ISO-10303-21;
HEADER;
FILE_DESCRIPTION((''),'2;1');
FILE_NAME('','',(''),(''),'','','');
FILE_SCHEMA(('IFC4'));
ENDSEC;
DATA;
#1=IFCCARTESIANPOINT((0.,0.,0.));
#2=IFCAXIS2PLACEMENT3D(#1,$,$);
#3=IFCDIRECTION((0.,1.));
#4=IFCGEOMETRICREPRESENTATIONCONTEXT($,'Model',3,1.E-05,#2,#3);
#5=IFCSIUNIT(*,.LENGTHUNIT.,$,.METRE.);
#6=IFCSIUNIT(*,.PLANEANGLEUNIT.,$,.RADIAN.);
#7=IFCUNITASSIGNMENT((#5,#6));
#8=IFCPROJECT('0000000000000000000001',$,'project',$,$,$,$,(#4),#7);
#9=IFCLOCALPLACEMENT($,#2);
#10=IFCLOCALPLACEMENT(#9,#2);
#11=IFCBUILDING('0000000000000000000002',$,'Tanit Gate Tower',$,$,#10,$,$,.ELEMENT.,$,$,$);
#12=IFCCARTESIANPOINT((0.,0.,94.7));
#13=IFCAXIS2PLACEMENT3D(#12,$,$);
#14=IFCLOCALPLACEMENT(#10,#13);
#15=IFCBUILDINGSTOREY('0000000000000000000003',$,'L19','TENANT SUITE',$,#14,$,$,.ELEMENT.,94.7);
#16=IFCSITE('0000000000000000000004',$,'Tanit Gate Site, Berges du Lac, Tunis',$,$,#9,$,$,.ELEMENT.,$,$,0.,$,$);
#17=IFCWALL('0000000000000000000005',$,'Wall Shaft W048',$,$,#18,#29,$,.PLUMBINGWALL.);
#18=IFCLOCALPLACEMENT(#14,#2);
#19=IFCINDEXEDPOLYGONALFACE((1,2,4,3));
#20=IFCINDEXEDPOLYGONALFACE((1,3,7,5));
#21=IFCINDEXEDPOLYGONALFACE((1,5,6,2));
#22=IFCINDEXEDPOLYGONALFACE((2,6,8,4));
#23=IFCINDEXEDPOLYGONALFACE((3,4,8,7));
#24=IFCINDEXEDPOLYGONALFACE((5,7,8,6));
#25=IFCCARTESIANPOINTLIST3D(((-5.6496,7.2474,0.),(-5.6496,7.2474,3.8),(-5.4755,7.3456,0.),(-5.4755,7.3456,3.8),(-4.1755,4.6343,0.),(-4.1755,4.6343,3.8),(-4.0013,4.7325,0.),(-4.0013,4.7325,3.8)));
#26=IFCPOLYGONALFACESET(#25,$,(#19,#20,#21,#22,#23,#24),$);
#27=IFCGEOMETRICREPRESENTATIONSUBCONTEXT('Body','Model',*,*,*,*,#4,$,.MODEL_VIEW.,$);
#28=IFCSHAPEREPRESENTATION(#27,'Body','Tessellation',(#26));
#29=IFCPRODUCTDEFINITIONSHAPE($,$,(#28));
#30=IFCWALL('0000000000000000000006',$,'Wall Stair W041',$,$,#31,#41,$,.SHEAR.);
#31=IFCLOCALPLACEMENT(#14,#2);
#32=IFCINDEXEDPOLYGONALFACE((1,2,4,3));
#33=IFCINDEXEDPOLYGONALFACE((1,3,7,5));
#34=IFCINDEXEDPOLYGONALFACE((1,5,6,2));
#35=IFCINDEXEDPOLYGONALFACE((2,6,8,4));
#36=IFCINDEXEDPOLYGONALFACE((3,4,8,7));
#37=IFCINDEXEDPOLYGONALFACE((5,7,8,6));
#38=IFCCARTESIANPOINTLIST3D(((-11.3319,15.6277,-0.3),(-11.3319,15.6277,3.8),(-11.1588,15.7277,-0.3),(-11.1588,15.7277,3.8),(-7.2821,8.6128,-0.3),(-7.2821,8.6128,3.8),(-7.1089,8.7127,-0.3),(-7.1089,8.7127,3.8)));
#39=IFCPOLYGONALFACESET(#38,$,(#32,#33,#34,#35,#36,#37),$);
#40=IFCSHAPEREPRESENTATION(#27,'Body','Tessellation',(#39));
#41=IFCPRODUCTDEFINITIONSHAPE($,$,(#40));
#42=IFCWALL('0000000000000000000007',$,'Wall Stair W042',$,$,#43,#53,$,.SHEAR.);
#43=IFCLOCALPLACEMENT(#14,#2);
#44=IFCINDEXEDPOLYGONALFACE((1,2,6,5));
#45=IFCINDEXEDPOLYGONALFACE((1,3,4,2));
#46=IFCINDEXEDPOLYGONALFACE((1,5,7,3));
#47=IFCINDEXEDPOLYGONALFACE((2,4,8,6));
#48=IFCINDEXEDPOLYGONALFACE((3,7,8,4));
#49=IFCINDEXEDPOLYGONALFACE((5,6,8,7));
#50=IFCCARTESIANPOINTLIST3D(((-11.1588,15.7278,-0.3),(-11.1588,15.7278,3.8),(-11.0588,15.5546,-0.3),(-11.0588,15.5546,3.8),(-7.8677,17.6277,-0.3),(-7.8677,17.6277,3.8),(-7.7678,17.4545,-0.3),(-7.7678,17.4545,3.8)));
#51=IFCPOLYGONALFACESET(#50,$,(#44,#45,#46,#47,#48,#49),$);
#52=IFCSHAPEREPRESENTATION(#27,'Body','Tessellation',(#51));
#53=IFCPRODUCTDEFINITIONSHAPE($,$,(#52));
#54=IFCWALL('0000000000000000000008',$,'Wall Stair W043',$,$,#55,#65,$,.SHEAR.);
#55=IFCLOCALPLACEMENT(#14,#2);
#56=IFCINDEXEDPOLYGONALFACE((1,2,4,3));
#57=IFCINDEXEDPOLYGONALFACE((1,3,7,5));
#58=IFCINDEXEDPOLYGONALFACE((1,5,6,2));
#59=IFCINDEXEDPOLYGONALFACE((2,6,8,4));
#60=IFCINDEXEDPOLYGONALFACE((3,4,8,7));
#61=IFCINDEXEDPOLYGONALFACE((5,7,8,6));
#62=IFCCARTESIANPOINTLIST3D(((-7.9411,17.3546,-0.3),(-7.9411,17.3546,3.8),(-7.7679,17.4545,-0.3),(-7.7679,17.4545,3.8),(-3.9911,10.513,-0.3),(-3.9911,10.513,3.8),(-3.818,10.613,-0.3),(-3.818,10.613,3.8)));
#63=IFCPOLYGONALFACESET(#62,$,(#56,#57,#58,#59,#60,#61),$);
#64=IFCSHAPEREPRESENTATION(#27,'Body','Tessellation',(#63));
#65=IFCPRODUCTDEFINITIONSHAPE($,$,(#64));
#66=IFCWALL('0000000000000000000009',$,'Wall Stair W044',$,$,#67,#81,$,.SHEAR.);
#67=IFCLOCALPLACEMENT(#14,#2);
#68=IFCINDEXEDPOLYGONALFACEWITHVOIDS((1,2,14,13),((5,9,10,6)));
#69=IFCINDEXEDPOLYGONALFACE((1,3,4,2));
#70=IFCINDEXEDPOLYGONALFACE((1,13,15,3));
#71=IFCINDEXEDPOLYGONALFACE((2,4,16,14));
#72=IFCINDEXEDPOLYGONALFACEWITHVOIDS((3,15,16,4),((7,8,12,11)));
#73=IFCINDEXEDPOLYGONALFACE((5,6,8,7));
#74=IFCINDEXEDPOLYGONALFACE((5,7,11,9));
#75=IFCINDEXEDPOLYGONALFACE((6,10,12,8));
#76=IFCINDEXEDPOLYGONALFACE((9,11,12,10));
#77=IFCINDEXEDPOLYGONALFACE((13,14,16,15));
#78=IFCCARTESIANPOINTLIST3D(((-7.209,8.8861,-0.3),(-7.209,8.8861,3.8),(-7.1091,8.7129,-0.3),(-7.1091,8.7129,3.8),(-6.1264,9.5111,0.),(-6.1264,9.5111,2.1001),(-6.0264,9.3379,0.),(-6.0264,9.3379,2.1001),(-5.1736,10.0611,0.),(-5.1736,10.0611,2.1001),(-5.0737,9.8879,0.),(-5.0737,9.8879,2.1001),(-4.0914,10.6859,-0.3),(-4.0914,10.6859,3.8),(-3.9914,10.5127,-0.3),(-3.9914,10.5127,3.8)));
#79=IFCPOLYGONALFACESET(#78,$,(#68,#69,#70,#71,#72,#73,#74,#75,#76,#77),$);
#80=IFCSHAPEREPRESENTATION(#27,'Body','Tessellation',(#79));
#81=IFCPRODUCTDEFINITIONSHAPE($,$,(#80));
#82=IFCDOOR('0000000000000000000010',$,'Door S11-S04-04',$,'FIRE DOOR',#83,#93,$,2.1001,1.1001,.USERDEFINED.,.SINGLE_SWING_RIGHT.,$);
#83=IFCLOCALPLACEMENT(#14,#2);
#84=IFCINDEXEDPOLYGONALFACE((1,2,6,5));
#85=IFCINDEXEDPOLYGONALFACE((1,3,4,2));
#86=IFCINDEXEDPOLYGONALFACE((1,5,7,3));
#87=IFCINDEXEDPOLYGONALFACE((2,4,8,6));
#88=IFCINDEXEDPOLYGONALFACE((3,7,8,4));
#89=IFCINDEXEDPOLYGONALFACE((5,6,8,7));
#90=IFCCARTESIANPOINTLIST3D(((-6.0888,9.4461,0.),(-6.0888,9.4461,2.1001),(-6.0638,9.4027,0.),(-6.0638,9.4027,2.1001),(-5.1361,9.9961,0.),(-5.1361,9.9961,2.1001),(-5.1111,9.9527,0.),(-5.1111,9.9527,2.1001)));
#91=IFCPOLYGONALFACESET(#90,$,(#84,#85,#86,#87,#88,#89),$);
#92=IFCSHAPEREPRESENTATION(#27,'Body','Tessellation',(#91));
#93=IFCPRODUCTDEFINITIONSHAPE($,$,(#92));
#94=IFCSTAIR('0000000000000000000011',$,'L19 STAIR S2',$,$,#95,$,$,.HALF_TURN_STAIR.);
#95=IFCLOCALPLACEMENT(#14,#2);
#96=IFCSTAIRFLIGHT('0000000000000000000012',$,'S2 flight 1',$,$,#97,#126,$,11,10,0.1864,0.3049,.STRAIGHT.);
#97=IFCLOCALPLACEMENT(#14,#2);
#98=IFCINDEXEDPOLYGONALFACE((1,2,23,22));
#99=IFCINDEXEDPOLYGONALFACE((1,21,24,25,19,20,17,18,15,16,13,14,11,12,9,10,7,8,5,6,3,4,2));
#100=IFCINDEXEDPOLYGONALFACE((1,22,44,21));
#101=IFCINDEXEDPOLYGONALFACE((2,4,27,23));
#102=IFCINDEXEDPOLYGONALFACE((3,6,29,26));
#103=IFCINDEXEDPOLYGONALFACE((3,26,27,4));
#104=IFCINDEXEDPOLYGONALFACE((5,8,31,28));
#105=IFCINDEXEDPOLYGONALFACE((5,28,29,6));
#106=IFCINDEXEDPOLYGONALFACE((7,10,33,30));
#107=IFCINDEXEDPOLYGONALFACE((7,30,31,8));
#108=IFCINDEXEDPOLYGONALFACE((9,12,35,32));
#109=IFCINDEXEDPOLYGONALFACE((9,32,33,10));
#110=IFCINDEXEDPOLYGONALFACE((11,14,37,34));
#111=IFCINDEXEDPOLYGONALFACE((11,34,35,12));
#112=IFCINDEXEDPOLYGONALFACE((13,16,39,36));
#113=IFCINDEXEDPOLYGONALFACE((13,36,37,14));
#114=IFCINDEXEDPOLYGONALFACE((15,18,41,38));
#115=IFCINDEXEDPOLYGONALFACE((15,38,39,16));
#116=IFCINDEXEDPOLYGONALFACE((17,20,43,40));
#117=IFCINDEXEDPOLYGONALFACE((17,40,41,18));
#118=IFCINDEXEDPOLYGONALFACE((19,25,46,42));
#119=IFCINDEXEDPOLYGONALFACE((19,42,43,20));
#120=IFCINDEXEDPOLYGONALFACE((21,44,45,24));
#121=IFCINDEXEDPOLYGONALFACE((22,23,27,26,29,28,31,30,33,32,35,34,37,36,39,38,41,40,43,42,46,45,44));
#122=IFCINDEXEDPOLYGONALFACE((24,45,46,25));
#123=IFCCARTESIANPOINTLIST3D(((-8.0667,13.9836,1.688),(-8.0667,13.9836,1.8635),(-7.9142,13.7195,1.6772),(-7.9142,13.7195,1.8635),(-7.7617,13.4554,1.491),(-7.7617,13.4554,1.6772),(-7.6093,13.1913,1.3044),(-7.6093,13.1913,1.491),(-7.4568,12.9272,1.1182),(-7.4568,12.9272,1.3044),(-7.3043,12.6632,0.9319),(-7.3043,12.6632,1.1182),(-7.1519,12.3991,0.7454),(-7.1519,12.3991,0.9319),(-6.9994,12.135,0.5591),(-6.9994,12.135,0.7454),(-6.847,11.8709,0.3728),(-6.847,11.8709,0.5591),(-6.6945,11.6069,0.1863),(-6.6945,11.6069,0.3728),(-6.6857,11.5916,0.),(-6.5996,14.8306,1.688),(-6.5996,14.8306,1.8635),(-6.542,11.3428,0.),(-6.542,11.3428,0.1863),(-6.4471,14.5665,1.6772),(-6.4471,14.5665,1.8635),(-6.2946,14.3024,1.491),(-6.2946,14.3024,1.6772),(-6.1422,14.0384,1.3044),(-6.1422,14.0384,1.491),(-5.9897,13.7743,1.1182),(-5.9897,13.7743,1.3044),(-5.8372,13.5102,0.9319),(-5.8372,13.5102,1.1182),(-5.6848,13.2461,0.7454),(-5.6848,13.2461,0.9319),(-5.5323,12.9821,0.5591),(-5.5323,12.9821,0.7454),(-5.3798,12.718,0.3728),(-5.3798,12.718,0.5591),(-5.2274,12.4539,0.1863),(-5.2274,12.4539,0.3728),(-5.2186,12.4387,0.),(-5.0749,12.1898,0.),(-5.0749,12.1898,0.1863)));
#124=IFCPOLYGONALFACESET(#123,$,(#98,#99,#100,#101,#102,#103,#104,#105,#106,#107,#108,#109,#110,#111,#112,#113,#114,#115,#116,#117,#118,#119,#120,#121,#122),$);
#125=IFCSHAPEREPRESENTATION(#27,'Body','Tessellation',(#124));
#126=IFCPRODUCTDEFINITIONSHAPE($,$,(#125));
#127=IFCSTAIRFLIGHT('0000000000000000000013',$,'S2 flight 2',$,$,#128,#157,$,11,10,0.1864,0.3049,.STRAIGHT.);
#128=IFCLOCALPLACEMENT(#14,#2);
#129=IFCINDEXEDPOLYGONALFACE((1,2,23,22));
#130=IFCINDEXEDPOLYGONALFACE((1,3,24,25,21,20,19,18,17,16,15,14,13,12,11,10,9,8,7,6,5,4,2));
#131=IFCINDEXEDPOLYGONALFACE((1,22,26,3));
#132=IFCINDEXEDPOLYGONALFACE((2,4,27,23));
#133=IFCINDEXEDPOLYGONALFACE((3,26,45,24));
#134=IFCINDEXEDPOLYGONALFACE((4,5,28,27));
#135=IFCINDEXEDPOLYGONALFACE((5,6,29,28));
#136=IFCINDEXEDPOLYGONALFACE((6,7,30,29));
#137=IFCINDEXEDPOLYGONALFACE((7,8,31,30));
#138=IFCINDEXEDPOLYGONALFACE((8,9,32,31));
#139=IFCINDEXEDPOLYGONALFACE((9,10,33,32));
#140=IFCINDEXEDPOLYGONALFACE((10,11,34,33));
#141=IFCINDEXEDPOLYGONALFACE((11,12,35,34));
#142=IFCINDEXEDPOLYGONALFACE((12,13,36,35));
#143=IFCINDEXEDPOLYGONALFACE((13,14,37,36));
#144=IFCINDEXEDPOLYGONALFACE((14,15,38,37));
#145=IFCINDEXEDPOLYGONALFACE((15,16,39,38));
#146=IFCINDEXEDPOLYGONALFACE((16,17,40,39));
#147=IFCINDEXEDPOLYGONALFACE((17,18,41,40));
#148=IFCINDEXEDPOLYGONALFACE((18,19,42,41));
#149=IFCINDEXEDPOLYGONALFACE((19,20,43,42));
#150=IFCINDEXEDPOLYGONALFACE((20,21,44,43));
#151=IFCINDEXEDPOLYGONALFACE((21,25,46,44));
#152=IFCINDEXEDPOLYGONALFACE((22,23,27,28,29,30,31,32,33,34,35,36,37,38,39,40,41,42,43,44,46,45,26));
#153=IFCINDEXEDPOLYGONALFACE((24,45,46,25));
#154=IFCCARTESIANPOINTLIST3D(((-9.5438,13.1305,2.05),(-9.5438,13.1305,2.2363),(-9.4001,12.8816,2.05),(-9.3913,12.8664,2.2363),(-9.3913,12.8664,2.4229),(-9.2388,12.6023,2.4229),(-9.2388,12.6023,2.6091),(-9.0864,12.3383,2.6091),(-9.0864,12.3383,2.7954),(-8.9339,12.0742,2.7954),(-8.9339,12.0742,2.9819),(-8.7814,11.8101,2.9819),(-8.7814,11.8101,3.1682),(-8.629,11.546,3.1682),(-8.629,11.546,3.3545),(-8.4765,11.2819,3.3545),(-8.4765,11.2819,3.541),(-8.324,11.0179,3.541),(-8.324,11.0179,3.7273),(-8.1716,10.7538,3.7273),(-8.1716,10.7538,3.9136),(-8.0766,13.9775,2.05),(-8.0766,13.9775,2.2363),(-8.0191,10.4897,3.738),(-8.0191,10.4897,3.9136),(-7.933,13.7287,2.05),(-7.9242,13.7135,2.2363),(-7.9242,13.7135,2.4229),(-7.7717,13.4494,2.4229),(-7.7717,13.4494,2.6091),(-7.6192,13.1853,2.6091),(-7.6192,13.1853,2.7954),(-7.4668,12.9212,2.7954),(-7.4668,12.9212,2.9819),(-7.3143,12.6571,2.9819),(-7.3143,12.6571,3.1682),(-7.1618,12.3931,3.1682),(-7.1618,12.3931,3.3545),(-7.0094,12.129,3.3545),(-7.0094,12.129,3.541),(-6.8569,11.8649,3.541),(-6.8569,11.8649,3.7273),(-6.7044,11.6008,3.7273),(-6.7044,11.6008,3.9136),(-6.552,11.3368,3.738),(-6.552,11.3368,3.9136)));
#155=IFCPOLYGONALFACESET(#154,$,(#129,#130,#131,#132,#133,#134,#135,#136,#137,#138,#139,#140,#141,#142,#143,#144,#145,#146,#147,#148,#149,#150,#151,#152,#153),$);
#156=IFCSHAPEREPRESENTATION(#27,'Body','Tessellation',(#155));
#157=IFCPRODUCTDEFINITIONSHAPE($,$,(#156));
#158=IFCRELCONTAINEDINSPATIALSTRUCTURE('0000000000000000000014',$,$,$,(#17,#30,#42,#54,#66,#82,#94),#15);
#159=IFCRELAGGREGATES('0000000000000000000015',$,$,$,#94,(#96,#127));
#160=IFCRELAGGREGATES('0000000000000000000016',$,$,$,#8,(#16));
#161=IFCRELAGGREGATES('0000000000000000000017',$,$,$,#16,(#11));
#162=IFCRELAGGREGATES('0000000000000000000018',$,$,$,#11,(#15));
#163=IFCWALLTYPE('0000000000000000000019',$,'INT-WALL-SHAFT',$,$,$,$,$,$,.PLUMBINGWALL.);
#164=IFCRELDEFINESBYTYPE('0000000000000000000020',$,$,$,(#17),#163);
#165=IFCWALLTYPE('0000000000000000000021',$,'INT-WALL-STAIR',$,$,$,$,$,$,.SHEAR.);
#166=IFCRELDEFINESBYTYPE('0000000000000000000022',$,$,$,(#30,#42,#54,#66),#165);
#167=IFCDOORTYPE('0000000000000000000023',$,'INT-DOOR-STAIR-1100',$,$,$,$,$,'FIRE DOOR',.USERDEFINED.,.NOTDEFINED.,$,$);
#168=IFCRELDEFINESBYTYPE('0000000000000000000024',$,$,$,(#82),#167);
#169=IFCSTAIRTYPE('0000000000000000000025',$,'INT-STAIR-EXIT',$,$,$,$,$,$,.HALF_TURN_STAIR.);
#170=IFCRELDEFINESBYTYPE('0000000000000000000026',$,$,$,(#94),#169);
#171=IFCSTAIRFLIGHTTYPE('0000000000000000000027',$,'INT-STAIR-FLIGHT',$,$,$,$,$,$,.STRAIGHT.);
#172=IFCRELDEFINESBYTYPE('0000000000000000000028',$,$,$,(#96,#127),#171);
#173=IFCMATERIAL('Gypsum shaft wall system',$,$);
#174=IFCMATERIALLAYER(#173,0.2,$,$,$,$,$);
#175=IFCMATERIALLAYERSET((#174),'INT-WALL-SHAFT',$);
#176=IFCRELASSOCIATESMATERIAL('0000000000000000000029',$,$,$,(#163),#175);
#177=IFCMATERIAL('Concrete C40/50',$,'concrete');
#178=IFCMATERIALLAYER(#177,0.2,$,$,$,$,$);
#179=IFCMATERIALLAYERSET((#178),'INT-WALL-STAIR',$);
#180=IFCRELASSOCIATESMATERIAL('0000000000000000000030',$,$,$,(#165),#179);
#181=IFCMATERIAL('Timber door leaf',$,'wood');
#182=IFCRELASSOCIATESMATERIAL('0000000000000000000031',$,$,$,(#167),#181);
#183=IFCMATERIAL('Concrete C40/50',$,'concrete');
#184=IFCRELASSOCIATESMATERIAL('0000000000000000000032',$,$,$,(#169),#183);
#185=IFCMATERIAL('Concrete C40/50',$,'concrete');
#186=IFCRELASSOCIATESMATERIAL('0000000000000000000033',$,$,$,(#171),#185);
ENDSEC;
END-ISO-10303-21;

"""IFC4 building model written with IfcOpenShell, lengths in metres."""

from ifc_helpers import new_model, si_unit, direction, frame, frame_2d, origin, place, context, subcontext, project, spatial, polyline, rectangle, outline, extrude, material, layer, layer_set, type_object, element, fill, aggregate, save


model = new_model("IFC4")

# Units and contexts
model_context = context("Model", 3, precision=1e-05, world=origin(), true_north=direction((0.0, 1.0)))
body_context = subcontext(model_context, "Body", "Model", "MODEL_VIEW")
ifc_project = project(units=[si_unit("LENGTHUNIT", "METRE"), si_unit("PLANEANGLEUNIT", "RADIAN")], contexts=[model_context])

# Site, building, storey
site_placement = place(None, origin())
site = spatial("IfcSite", under=ifc_project, at=site_placement, Name="Tanit Gate Site, Berges du Lac, Tunis", CompositionType="ELEMENT", RefElevation=0.0)
building_placement = place(site_placement, origin())
building = spatial("IfcBuilding", under=site, at=building_placement, Name="Tanit Gate Tower", CompositionType="ELEMENT")
storey_placement = place(building_placement, frame((0.0, 0.0, 94.7)))
storey = spatial("IfcBuildingStorey", under=building, at=storey_placement, Name="L19", Description="TENANT SUITE", CompositionType="ELEMENT", Elevation=94.7)

# Shared definitions
ifc_material_1 = material(Name="Gypsum shaft wall system")
ifc_layer_1 = layer(ifc_material_1, 0.2)
ifc_layer_set_1 = layer_set([ifc_layer_1], Name="INT-WALL-SHAFT")
wall_type_1 = type_object("IfcWallType", Name="INT-WALL-SHAFT", PredefinedType="PLUMBINGWALL", material=ifc_layer_set_1)

# Walls
wall_1_placement = place(storey_placement, frame((-5.5625, 7.2964, 0.0), z_axis=(0.0, 0.0, 1.0), x_axis=(0.491347, -0.870964, 0.0)))
element("IfcWall", 1, at=wall_1_placement, inside=storey, type_object=wall_type_1, Name="Wall Shaft W048", PredefinedType="PLUMBINGWALL", context=body_context, shape_type="SweptSolid", body=[
    extrude(rectangle(XDim=3.0002, YDim=0.2, at=frame_2d((1.5, 0.0))), origin(), (0.0, 0.0, 1.0), 3.8),
])
ifc_material_2 = material(Name="Concrete C40/50", Category="concrete")
ifc_layer_2 = layer(ifc_material_2, 0.2)
ifc_layer_set_2 = layer_set([ifc_layer_2], Name="INT-WALL-STAIR")
wall_type_2 = type_object("IfcWallType", Name="INT-WALL-STAIR", PredefinedType="SHEAR", material=ifc_layer_set_2)
wall_2_placement = place(storey_placement, frame((-11.2454, 15.6777, -0.3), z_axis=(0.0, 0.0, 1.0), x_axis=(0.499977, -0.866039, 0.0)))
element("IfcWall", 2, at=wall_2_placement, inside=storey, type_object=wall_type_2, Name="Wall Stair W041", PredefinedType="SHEAR", context=body_context, shape_type="SweptSolid", body=[
    extrude(rectangle(XDim=8.1001, YDim=0.2, at=frame_2d((4.05, 0.0))), origin(), (0.0, 0.0, 1.0), 4.1001),
])
wall_3_placement = place(storey_placement, frame((-7.8179, 17.541, -0.3), z_axis=(0.0, 0.0, 1.0), x_axis=(-0.866044, -0.499967, 0.0)))
element("IfcWall", 3, at=wall_3_placement, inside=storey, type_object=wall_type_2, Name="Wall Stair W042", PredefinedType="SHEAR", context=body_context, shape_type="SweptSolid", body=[
    extrude(rectangle(XDim=3.8, YDim=0.2, at=frame_2d((1.8999, 0.0))), origin(), (0.0, 0.0, 1.0), 4.1001),
])
wall_4_placement = place(storey_placement, frame((-7.8545, 17.4045, -0.3), z_axis=(0.0, 0.0, 1.0), x_axis=(0.499998, -0.866027, 0.0)))
element("IfcWall", 4, at=wall_4_placement, inside=storey, type_object=wall_type_2, Name="Wall Stair W043", PredefinedType="SHEAR", context=body_context, shape_type="SweptSolid", body=[
    extrude(rectangle(XDim=7.8999, YDim=0.2, at=frame_2d((3.95, 0.0))), origin(), (0.0, 0.0, 1.0), 4.1001),
])

# Wall, opening, door
wall_5_placement = place(storey_placement, frame((-7.1589, 8.7996, -0.3), z_axis=(0.0, 0.0, 1.0), x_axis=(0.866048, 0.499961, 0.0)))
wall_5 = element("IfcWall", 5, at=wall_5_placement, inside=storey, type_object=wall_type_2, Name="Wall Stair W044", PredefinedType="SHEAR", context=body_context, shape_type="SweptSolid", body=[
    extrude(rectangle(XDim=3.5999, YDim=0.2, at=frame_2d((1.7998, 0.0))), origin(), (0.0, 0.0, 1.0), 4.1001),
])
opening_1_placement = place(wall_5_placement, frame((1.25, 0.0, 0.3)))
opening_1 = element("IfcOpeningElement", 6, at=opening_1_placement, cuts=wall_5, PredefinedType="OPENING", context=body_context, shape_type="SweptSolid", body=[
    extrude(rectangle(XDim=1.1001, YDim=2.1001, at=frame_2d((0.55, 1.05))), frame((0.0, 0.1099, 0.0), z_axis=(0.0, -1.0, 0.0), x_axis=(1.0, 0.0, 0.0)), (0.0, 0.0, 1.0), 0.22),
])
ifc_material_3 = material(Name="Timber door leaf", Category="wood")
door_type_1 = type_object("IfcDoorType", Name="INT-DOOR-STAIR-1100", ElementType="FIRE DOOR", OperationType="NOTDEFINED", PredefinedType="USERDEFINED", material=ifc_material_3)
door_1_placement = place(opening_1_placement, origin())
door_1 = element("IfcDoor", 7, at=door_1_placement, inside=storey, type_object=door_type_1, Name="Door S11-S04-04", ObjectType="FIRE DOOR", OperationType="SINGLE_SWING_RIGHT", OverallHeight=2.1001, OverallWidth=1.1001, PredefinedType="USERDEFINED", context=body_context, shape_type="SweptSolid", body=[
    extrude(rectangle(XDim=1.1001, YDim=2.1001, at=frame_2d((0.55, 1.05))), frame((0.0, 0.0249, 0.0), z_axis=(0.0, -1.0, 0.0), x_axis=(1.0, 0.0, 0.0)), (0.0, 0.0, 1.0), 0.05),
])
fill(opening_1, door_1)

# Stair, stair flights
ifc_material_4 = material(Name="Concrete C40/50", Category="concrete")
stair_type = type_object("IfcStairType", Name="INT-STAIR-EXIT", PredefinedType="HALF_TURN_STAIR", material=ifc_material_4)
stair_placement = place(storey_placement, origin())
stair = element("IfcStair", 8, at=stair_placement, inside=storey, type_object=stair_type, Name="L19 STAIR S2", PredefinedType="HALF_TURN_STAIR")
ifc_material_5 = material(Name="Concrete C40/50", Category="concrete")
stair_flight_type = type_object("IfcStairFlightType", Name="INT-STAIR-FLIGHT", PredefinedType="STRAIGHT", material=ifc_material_5)
stair_flight_1_placement = place(storey_placement, frame((-5.8083, 11.7664, 0.0), z_axis=(0.0, 0.0, 1.0), x_axis=(-0.5, 0.866025, 0.0)))
stair_flight_1 = element("IfcStairFlight", 9, at=stair_flight_1_placement, type_object=stair_flight_type, Name="S2 flight 1", NumberOfRisers=11, NumberOfTreads=10, PredefinedType="STRAIGHT", RiserHeight=0.1864, TreadLength=0.3049, context=body_context, shape_type="SweptSolid", body=[
    extrude(outline(polyline([(0.0, 0.0), (0.0, 0.1863), (0.3049, 0.1863), (0.3049, 0.3728), (0.6099, 0.3728), (0.6099, 0.5591), (0.9148, 0.5591), (0.9148, 0.7454), (1.2197, 0.7454), (1.2197, 0.9319), (1.5247, 0.9319), (1.5247, 1.1182), (1.8296, 1.1182), (1.8296, 1.3044), (2.1345, 1.3044), (2.1345, 1.491), (2.4395, 1.491), (2.4395, 1.6772), (2.7444, 1.6772), (2.7444, 1.8635), (3.0493, 1.8635), (3.0493, 2.05), (3.0493, 1.688), (0.2874, 0.0), (0.0, 0.0)])), frame((0.0, 0.8472, 0.0), z_axis=(0.0, -1.0, 0.0), x_axis=(1.0, 0.0, 0.0)), (0.0, 0.0, 1.0), 1.6941),
])
stair_flight_2_placement = place(storey_placement, frame((-8.8103, 13.554, 2.05), z_axis=(0.0, 0.0, 1.0), x_axis=(0.5, -0.866025, 0.0)))
stair_flight_2 = element("IfcStairFlight", 10, at=stair_flight_2_placement, type_object=stair_flight_type, Name="S2 flight 2", NumberOfRisers=11, NumberOfTreads=10, PredefinedType="STRAIGHT", RiserHeight=0.1864, TreadLength=0.3049, context=body_context, shape_type="SweptSolid", body=[
    extrude(outline(polyline([(0.0, 0.0), (0.0, 0.1863), (0.3049, 0.1863), (0.3049, 0.3728), (0.6099, 0.3728), (0.6099, 0.5591), (0.9148, 0.5591), (0.9148, 0.7454), (1.2197, 0.7454), (1.2197, 0.9319), (1.5247, 0.9319), (1.5247, 1.1182), (1.8296, 1.1182), (1.8296, 1.3044), (2.1345, 1.3044), (2.1345, 1.491), (2.4395, 1.491), (2.4395, 1.6772), (2.7444, 1.6772), (2.7444, 1.8635), (3.0493, 1.8635), (3.0493, 2.05), (3.0493, 1.688), (0.2874, 0.0), (0.0, 0.0)])), frame((0.0, 0.8472, 0.0), z_axis=(0.0, -1.0, 0.0), x_axis=(1.0, 0.0, 0.0)), (0.0, 0.0, 1.0), 1.6941),
])
aggregate(stair, [stair_flight_1, stair_flight_2])

save(model, "model.ifc")
